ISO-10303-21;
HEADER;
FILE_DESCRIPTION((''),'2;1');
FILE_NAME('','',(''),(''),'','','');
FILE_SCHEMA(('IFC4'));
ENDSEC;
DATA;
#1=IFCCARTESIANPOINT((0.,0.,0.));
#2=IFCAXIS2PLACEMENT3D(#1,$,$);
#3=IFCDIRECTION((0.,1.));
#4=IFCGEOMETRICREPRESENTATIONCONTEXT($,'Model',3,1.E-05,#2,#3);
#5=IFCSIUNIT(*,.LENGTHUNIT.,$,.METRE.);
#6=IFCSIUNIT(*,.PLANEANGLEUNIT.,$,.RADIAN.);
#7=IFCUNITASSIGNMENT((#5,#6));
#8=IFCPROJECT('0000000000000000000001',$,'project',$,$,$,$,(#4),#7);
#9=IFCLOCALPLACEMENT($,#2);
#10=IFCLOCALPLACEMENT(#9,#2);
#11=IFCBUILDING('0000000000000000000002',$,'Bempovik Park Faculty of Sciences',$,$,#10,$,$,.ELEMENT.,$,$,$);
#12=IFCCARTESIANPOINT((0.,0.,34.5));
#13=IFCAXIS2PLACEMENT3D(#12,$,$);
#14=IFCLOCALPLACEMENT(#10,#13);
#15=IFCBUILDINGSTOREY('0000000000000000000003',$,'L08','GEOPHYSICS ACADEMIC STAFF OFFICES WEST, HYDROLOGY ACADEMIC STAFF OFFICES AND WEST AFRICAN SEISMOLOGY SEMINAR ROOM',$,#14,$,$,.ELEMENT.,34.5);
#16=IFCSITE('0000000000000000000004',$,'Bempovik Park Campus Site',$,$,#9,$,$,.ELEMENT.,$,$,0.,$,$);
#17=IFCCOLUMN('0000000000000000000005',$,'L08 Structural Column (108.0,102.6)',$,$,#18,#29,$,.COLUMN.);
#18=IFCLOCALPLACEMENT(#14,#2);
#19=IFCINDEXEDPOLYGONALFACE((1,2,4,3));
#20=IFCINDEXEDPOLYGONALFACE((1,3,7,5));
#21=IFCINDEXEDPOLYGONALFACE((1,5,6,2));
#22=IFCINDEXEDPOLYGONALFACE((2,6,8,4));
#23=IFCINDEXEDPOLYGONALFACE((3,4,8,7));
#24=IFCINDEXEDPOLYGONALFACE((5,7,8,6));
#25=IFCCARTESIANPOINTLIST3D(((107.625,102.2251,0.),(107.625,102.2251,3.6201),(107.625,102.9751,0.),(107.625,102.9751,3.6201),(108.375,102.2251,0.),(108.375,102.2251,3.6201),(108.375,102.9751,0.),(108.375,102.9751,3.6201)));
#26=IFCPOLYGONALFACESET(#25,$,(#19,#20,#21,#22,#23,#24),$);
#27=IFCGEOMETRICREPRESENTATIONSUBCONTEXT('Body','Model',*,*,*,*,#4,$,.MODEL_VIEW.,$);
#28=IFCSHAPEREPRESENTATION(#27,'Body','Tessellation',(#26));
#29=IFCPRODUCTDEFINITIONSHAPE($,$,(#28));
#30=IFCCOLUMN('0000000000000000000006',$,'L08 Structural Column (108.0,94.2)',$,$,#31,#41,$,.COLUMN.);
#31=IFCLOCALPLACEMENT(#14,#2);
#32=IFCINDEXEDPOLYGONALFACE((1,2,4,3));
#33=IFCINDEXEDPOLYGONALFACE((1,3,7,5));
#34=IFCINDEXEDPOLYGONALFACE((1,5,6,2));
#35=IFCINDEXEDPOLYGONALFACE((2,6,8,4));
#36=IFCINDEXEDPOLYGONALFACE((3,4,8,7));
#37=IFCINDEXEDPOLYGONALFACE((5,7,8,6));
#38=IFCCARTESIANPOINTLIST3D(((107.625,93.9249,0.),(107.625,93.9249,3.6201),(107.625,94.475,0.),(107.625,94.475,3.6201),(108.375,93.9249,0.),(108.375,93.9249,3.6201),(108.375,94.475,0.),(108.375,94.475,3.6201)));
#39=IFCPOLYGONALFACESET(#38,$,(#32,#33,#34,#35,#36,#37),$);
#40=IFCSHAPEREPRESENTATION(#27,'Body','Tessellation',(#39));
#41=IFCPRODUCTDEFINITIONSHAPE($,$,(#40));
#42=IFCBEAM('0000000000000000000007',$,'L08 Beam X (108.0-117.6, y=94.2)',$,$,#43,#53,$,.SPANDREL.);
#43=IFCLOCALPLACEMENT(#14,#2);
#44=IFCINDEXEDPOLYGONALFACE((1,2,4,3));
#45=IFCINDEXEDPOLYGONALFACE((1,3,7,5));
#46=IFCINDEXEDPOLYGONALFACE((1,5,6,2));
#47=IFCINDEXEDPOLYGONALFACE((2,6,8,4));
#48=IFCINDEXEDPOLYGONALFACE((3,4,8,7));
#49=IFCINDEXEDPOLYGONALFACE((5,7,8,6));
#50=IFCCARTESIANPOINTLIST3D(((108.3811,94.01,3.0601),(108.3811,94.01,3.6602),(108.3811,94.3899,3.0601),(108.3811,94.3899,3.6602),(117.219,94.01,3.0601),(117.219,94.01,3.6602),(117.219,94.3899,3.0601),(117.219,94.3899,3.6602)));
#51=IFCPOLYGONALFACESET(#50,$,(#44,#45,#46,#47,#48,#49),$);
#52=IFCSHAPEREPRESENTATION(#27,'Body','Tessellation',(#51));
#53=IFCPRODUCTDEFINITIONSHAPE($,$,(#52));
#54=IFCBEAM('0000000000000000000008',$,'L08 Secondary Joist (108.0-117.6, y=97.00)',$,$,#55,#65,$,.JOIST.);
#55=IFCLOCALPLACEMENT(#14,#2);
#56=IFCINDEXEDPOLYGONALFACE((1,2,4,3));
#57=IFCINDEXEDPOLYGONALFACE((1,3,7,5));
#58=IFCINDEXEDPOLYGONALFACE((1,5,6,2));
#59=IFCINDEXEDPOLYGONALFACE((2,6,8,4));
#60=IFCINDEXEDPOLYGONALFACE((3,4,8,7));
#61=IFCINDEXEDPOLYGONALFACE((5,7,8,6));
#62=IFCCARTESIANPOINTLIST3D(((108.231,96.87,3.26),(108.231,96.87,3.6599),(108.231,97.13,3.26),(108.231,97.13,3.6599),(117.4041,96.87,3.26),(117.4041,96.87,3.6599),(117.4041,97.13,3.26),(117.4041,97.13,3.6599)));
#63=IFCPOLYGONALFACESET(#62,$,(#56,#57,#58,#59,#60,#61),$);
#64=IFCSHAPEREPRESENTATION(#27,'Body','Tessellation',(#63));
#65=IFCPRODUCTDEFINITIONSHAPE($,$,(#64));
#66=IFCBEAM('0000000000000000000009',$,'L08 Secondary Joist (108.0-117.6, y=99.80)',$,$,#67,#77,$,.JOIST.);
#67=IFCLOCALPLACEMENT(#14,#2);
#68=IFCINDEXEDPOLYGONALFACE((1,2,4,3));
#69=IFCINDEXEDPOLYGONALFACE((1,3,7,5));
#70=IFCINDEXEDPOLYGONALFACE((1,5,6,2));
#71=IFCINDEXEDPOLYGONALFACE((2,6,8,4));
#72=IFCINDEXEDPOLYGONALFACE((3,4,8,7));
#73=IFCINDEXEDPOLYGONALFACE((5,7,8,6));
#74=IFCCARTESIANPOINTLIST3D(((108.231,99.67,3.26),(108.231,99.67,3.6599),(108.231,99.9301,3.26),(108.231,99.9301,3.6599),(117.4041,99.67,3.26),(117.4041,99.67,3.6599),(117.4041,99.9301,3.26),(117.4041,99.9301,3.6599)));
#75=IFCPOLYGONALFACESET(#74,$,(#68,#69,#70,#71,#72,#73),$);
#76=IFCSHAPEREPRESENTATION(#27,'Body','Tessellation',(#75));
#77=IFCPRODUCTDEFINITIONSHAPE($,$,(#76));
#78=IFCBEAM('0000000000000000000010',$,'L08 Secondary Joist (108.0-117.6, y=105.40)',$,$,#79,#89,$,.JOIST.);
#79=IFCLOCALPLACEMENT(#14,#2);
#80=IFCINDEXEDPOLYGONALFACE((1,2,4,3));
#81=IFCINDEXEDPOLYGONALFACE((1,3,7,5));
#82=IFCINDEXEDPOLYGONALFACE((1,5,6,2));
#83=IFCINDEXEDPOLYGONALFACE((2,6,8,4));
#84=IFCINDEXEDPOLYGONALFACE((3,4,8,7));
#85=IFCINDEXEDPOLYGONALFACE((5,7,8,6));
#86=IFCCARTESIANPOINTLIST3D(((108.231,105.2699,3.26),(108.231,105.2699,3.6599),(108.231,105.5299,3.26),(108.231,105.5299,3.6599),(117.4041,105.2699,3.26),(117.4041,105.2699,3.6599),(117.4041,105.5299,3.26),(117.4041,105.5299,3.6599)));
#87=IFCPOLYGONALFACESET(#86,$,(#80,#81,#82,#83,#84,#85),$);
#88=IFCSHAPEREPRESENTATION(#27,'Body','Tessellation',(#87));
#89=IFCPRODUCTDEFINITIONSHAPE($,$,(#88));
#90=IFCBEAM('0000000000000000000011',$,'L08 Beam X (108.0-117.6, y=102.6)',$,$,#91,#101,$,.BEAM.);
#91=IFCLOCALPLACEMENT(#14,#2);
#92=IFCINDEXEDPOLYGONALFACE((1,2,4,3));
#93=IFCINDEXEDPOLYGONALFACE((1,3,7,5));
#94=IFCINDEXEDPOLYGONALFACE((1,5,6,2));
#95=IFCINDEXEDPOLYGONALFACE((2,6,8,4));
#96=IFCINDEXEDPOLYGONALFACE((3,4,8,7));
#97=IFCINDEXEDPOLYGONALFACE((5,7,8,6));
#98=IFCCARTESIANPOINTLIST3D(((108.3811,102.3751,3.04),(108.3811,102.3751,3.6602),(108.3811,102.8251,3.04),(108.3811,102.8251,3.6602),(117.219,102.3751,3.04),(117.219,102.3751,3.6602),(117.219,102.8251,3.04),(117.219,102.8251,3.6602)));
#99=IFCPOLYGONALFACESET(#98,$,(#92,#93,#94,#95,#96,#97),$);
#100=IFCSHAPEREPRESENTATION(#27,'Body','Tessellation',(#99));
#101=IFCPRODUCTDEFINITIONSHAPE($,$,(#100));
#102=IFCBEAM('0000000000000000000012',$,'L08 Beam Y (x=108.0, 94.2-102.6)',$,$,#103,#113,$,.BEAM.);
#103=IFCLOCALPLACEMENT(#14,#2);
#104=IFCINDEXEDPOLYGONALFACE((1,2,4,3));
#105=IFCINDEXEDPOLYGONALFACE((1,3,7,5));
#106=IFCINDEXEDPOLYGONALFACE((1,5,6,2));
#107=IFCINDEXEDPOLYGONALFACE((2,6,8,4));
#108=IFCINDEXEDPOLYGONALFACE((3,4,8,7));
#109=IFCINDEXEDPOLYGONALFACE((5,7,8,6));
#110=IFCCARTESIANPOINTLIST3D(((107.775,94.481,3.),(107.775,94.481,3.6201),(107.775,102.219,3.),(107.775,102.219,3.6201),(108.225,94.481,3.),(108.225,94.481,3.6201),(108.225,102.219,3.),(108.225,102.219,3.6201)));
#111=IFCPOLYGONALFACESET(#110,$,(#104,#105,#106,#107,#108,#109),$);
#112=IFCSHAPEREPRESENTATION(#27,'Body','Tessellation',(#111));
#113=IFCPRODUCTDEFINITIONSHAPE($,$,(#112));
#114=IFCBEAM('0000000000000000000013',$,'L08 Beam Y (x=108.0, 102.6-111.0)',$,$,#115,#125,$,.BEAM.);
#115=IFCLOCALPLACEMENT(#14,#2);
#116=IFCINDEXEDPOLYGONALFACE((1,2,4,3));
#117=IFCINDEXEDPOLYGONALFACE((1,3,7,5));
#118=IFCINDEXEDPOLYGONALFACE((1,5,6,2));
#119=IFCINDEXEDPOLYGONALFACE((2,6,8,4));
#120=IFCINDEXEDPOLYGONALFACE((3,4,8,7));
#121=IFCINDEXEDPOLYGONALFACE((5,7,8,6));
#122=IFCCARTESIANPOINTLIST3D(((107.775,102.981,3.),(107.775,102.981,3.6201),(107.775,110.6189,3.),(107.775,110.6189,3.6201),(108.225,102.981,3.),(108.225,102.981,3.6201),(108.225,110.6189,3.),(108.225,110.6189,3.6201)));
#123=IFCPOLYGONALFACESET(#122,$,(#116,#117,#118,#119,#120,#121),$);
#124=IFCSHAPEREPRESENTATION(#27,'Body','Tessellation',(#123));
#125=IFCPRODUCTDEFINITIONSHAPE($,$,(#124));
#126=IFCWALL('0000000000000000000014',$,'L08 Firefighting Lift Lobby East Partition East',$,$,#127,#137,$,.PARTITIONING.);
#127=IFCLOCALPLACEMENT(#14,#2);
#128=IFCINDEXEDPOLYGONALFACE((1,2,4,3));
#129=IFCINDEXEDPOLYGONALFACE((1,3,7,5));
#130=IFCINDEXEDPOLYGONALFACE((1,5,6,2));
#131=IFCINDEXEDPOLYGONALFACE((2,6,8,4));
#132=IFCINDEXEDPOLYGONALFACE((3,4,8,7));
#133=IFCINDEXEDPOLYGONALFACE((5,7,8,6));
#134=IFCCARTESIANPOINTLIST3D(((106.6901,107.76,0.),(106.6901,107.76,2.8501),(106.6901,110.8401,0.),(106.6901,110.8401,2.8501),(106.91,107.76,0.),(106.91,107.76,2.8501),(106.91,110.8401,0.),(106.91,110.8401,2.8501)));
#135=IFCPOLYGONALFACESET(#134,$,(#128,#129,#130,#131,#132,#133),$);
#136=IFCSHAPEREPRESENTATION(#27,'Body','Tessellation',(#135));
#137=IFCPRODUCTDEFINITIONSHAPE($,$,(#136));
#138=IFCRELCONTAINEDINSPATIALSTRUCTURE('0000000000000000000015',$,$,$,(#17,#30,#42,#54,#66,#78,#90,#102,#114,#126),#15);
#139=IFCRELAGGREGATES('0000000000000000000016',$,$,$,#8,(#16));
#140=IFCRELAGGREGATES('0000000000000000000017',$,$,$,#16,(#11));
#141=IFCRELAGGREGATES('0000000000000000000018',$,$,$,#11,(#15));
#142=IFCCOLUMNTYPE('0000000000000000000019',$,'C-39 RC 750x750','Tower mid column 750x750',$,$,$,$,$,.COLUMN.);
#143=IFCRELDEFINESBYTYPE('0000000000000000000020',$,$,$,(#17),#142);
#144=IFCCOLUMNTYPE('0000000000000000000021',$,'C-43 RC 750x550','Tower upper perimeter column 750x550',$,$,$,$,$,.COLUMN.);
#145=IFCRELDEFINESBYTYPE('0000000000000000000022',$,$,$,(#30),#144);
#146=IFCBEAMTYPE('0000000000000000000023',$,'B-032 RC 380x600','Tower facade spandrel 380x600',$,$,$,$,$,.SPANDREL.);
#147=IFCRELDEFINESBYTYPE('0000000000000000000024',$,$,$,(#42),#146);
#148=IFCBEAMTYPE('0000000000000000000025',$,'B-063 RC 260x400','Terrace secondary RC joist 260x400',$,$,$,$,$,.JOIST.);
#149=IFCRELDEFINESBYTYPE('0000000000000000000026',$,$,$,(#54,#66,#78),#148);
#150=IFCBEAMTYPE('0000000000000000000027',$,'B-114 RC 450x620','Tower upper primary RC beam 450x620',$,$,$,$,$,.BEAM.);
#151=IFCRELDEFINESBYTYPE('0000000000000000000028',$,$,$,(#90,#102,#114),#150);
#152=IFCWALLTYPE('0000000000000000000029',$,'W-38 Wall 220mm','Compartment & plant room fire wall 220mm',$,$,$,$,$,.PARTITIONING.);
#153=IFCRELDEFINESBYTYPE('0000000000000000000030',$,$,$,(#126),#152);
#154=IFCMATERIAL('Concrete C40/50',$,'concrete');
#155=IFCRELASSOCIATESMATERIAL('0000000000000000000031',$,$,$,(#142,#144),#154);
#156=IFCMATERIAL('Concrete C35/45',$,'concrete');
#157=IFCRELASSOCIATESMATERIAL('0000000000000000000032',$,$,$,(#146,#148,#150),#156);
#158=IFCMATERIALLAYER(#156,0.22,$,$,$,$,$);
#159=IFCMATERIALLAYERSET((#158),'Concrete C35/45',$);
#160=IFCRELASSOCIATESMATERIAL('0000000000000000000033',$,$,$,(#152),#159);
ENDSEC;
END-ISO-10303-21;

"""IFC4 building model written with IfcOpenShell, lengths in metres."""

from ifc_helpers import new_model, si_unit, direction, frame, frame_2d, origin, origin_2d, place, context, subcontext, project, spatial, rectangle, extrude, material, layer, layer_set, material_profile, profile_set, type_object, element, save


model = new_model("IFC4")

# Units and contexts
model_context = context("Model", 3, precision=1e-05, world=origin(), true_north=direction((0.0, 1.0)))
body_context = subcontext(model_context, "Body", "Model", "MODEL_VIEW")
ifc_project = project(units=[si_unit("LENGTHUNIT", "METRE"), si_unit("PLANEANGLEUNIT", "RADIAN")], contexts=[model_context])

# Site, building, storey
site_placement = place(None, origin())
site = spatial("IfcSite", under=ifc_project, at=site_placement, Name="Bempovik Park Campus Site", CompositionType="ELEMENT", RefElevation=0.0)
building_placement = place(site_placement, origin())
building = spatial("IfcBuilding", under=site, at=building_placement, Name="Bempovik Park Faculty of Sciences", CompositionType="ELEMENT")
storey_placement = place(building_placement, frame((0.0, 0.0, 34.5)))
storey = spatial("IfcBuildingStorey", under=building, at=storey_placement, Name="L08", Description="GEOPHYSICS ACADEMIC STAFF OFFICES WEST, HYDROLOGY ACADEMIC STAFF OFFICES AND WEST AFRICAN SEISMOLOGY SEMINAR ROOM", CompositionType="ELEMENT", Elevation=34.5)

# Columns
ifc_material_1 = material(Name="Concrete C40/50", Category="concrete")
ifc_material_profile_1 = material_profile(ifc_material_1, rectangle(XDim=0.75, YDim=0.75, at=origin_2d()), Name="RC 750x750")
ifc_profile_set_1 = profile_set([ifc_material_profile_1], Name="Concrete C40/50")
column_type_1 = type_object("IfcColumnType", Name="C-39 RC 750x750", Description="Tower mid column 750x750", PredefinedType="COLUMN", material=ifc_profile_set_1)
column_1_placement = place(storey_placement, frame((108.0, 102.6001, 0.0), z_axis=(0.0, 0.0, 1.0), x_axis=(1.0, 0.0, 0.0)))
element("IfcColumn", 1, at=column_1_placement, inside=storey, type_object=column_type_1, Name="L08 Structural Column (108.0,102.6)", PredefinedType="COLUMN", context=body_context, shape_type="SweptSolid", body=[
    extrude(rectangle(XDim=0.75, YDim=0.75, at=origin_2d()), origin(), (0.0, 0.0, 1.0), 3.6201),
])
ifc_material_profile_2 = material_profile(ifc_material_1, rectangle(XDim=0.75, YDim=0.55, at=origin_2d()), Name="RC 750x550")
ifc_profile_set_2 = profile_set([ifc_material_profile_2], Name="Concrete C40/50")
column_type_2 = type_object("IfcColumnType", Name="C-43 RC 750x550", Description="Tower upper perimeter column 750x550", PredefinedType="COLUMN", material=ifc_profile_set_2)
column_2_placement = place(storey_placement, frame((108.0, 94.2, 0.0), z_axis=(0.0, 0.0, 1.0), x_axis=(1.0, 0.0, 0.0)))
element("IfcColumn", 2, at=column_2_placement, inside=storey, type_object=column_type_2, Name="L08 Structural Column (108.0,94.2)", PredefinedType="COLUMN", context=body_context, shape_type="SweptSolid", body=[
    extrude(rectangle(XDim=0.75, YDim=0.55, at=origin_2d()), origin(), (0.0, 0.0, 1.0), 3.6201),
])

# Beams
ifc_material_2 = material(Name="Concrete C35/45", Category="concrete")
ifc_material_profile_3 = material_profile(ifc_material_2, rectangle(XDim=0.3799, YDim=0.6001, at=origin_2d()), Name="RC 380x600")
ifc_profile_set_3 = profile_set([ifc_material_profile_3], Name="Concrete C35/45")
beam_type_1 = type_object("IfcBeamType", Name="B-032 RC 380x600", Description="Tower facade spandrel 380x600", PredefinedType="SPANDREL", material=ifc_profile_set_3)
beam_1_placement = place(storey_placement, frame((108.3811, 94.2, 3.3601), z_axis=(1.0, 0.0, 0.0), x_axis=(0.0, 1.0, 0.0)))
element("IfcBeam", 3, at=beam_1_placement, inside=storey, type_object=beam_type_1, Name="L08 Beam X (108.0-117.6, y=94.2)", PredefinedType="SPANDREL", context=body_context, shape_type="SweptSolid", body=[
    extrude(rectangle(XDim=0.3799, YDim=0.6001, at=origin_2d()), origin(), (0.0, 0.0, 1.0), 8.8379),
])
ifc_material_profile_4 = material_profile(ifc_material_2, rectangle(XDim=0.26, YDim=0.3999, at=origin_2d()), Name="RC 260x400")
ifc_profile_set_4 = profile_set([ifc_material_profile_4], Name="Concrete C35/45")
beam_type_2 = type_object("IfcBeamType", Name="B-063 RC 260x400", Description="Terrace secondary RC joist 260x400", PredefinedType="JOIST", material=ifc_profile_set_4)
for number, where, z_axis, x_axis, name in (
    (4, (108.231, 97.0, 3.46), (1.0, 0.0, 0.0), (0.0, 1.0, 0.0), "L08 Secondary Joist (108.0-117.6, y=97.00)"),
    (5, (108.231, 99.8, 3.46), (1.0, 0.0, 0.0), (0.0, 1.0, 0.0), "L08 Secondary Joist (108.0-117.6, y=99.80)"),
    (6, (108.231, 105.3999, 3.46), (1.0, 0.0, 0.0), (0.0, 1.0, 0.0), "L08 Secondary Joist (108.0-117.6, y=105.40)"),
):
    element("IfcBeam", number, at=place(storey_placement, frame(where, z_axis=z_axis, x_axis=x_axis)), inside=storey, type_object=beam_type_2, Name=name, PredefinedType="JOIST", context=body_context, shape_type="SweptSolid", body=[
        extrude(rectangle(XDim=0.26, YDim=0.3999, at=origin_2d()), origin(), (0.0, 0.0, 1.0), 9.1731),
    ])
ifc_material_profile_5 = material_profile(ifc_material_2, rectangle(XDim=0.45, YDim=0.6201, at=origin_2d()), Name="RC 450x620")
ifc_profile_set_5 = profile_set([ifc_material_profile_5], Name="Concrete C35/45")
beam_type_3 = type_object("IfcBeamType", Name="B-114 RC 450x620", Description="Tower upper primary RC beam 450x620", PredefinedType="BEAM", material=ifc_profile_set_5)
beam_2_placement = place(storey_placement, frame((108.3811, 102.6001, 3.3501), z_axis=(1.0, 0.0, 0.0), x_axis=(0.0, 1.0, 0.0)))
element("IfcBeam", 7, at=beam_2_placement, inside=storey, type_object=beam_type_3, Name="L08 Beam X (108.0-117.6, y=102.6)", PredefinedType="BEAM", context=body_context, shape_type="SweptSolid", body=[
    extrude(rectangle(XDim=0.45, YDim=0.6201, at=origin_2d()), origin(), (0.0, 0.0, 1.0), 8.8379),
])
beam_3_placement = place(storey_placement, frame((108.0, 94.481, 3.3101), z_axis=(0.0, 1.0, 0.0), x_axis=(-1.0, 0.0, 0.0)))
element("IfcBeam", 8, at=beam_3_placement, inside=storey, type_object=beam_type_3, Name="L08 Beam Y (x=108.0, 94.2-102.6)", PredefinedType="BEAM", context=body_context, shape_type="SweptSolid", body=[
    extrude(rectangle(XDim=0.45, YDim=0.6201, at=origin_2d()), origin(), (0.0, 0.0, 1.0), 7.738),
])
beam_4_placement = place(storey_placement, frame((108.0, 102.981, 3.3101), z_axis=(0.0, 1.0, 0.0), x_axis=(-1.0, 0.0, 0.0)))
element("IfcBeam", 9, at=beam_4_placement, inside=storey, type_object=beam_type_3, Name="L08 Beam Y (x=108.0, 102.6-111.0)", PredefinedType="BEAM", context=body_context, shape_type="SweptSolid", body=[
    extrude(rectangle(XDim=0.45, YDim=0.6201, at=origin_2d()), origin(), (0.0, 0.0, 1.0), 7.6379),
])

# Wall
ifc_layer_1 = layer(ifc_material_2, 0.22)
ifc_layer_set_1 = layer_set([ifc_layer_1], Name="Concrete C35/45")
wall_type_1 = type_object("IfcWallType", Name="W-38 Wall 220mm", Description="Compartment & plant room fire wall 220mm", PredefinedType="PARTITIONING", material=ifc_layer_set_1)
wall_1_placement = place(storey_placement, frame((106.8, 107.76, 0.0), z_axis=(0.0, 0.0, 1.0), x_axis=(0.0, 1.0, 0.0)))
element("IfcWall", 10, at=wall_1_placement, inside=storey, type_object=wall_type_1, Name="L08 Firefighting Lift Lobby East Partition East", PredefinedType="PARTITIONING", context=body_context, shape_type="SweptSolid", body=[
    extrude(rectangle(XDim=3.0801, YDim=0.22, at=frame_2d((1.54, 0.0))), origin(), (0.0, 0.0, 1.0), 2.8501),
])

save(model, "model.ifc")
